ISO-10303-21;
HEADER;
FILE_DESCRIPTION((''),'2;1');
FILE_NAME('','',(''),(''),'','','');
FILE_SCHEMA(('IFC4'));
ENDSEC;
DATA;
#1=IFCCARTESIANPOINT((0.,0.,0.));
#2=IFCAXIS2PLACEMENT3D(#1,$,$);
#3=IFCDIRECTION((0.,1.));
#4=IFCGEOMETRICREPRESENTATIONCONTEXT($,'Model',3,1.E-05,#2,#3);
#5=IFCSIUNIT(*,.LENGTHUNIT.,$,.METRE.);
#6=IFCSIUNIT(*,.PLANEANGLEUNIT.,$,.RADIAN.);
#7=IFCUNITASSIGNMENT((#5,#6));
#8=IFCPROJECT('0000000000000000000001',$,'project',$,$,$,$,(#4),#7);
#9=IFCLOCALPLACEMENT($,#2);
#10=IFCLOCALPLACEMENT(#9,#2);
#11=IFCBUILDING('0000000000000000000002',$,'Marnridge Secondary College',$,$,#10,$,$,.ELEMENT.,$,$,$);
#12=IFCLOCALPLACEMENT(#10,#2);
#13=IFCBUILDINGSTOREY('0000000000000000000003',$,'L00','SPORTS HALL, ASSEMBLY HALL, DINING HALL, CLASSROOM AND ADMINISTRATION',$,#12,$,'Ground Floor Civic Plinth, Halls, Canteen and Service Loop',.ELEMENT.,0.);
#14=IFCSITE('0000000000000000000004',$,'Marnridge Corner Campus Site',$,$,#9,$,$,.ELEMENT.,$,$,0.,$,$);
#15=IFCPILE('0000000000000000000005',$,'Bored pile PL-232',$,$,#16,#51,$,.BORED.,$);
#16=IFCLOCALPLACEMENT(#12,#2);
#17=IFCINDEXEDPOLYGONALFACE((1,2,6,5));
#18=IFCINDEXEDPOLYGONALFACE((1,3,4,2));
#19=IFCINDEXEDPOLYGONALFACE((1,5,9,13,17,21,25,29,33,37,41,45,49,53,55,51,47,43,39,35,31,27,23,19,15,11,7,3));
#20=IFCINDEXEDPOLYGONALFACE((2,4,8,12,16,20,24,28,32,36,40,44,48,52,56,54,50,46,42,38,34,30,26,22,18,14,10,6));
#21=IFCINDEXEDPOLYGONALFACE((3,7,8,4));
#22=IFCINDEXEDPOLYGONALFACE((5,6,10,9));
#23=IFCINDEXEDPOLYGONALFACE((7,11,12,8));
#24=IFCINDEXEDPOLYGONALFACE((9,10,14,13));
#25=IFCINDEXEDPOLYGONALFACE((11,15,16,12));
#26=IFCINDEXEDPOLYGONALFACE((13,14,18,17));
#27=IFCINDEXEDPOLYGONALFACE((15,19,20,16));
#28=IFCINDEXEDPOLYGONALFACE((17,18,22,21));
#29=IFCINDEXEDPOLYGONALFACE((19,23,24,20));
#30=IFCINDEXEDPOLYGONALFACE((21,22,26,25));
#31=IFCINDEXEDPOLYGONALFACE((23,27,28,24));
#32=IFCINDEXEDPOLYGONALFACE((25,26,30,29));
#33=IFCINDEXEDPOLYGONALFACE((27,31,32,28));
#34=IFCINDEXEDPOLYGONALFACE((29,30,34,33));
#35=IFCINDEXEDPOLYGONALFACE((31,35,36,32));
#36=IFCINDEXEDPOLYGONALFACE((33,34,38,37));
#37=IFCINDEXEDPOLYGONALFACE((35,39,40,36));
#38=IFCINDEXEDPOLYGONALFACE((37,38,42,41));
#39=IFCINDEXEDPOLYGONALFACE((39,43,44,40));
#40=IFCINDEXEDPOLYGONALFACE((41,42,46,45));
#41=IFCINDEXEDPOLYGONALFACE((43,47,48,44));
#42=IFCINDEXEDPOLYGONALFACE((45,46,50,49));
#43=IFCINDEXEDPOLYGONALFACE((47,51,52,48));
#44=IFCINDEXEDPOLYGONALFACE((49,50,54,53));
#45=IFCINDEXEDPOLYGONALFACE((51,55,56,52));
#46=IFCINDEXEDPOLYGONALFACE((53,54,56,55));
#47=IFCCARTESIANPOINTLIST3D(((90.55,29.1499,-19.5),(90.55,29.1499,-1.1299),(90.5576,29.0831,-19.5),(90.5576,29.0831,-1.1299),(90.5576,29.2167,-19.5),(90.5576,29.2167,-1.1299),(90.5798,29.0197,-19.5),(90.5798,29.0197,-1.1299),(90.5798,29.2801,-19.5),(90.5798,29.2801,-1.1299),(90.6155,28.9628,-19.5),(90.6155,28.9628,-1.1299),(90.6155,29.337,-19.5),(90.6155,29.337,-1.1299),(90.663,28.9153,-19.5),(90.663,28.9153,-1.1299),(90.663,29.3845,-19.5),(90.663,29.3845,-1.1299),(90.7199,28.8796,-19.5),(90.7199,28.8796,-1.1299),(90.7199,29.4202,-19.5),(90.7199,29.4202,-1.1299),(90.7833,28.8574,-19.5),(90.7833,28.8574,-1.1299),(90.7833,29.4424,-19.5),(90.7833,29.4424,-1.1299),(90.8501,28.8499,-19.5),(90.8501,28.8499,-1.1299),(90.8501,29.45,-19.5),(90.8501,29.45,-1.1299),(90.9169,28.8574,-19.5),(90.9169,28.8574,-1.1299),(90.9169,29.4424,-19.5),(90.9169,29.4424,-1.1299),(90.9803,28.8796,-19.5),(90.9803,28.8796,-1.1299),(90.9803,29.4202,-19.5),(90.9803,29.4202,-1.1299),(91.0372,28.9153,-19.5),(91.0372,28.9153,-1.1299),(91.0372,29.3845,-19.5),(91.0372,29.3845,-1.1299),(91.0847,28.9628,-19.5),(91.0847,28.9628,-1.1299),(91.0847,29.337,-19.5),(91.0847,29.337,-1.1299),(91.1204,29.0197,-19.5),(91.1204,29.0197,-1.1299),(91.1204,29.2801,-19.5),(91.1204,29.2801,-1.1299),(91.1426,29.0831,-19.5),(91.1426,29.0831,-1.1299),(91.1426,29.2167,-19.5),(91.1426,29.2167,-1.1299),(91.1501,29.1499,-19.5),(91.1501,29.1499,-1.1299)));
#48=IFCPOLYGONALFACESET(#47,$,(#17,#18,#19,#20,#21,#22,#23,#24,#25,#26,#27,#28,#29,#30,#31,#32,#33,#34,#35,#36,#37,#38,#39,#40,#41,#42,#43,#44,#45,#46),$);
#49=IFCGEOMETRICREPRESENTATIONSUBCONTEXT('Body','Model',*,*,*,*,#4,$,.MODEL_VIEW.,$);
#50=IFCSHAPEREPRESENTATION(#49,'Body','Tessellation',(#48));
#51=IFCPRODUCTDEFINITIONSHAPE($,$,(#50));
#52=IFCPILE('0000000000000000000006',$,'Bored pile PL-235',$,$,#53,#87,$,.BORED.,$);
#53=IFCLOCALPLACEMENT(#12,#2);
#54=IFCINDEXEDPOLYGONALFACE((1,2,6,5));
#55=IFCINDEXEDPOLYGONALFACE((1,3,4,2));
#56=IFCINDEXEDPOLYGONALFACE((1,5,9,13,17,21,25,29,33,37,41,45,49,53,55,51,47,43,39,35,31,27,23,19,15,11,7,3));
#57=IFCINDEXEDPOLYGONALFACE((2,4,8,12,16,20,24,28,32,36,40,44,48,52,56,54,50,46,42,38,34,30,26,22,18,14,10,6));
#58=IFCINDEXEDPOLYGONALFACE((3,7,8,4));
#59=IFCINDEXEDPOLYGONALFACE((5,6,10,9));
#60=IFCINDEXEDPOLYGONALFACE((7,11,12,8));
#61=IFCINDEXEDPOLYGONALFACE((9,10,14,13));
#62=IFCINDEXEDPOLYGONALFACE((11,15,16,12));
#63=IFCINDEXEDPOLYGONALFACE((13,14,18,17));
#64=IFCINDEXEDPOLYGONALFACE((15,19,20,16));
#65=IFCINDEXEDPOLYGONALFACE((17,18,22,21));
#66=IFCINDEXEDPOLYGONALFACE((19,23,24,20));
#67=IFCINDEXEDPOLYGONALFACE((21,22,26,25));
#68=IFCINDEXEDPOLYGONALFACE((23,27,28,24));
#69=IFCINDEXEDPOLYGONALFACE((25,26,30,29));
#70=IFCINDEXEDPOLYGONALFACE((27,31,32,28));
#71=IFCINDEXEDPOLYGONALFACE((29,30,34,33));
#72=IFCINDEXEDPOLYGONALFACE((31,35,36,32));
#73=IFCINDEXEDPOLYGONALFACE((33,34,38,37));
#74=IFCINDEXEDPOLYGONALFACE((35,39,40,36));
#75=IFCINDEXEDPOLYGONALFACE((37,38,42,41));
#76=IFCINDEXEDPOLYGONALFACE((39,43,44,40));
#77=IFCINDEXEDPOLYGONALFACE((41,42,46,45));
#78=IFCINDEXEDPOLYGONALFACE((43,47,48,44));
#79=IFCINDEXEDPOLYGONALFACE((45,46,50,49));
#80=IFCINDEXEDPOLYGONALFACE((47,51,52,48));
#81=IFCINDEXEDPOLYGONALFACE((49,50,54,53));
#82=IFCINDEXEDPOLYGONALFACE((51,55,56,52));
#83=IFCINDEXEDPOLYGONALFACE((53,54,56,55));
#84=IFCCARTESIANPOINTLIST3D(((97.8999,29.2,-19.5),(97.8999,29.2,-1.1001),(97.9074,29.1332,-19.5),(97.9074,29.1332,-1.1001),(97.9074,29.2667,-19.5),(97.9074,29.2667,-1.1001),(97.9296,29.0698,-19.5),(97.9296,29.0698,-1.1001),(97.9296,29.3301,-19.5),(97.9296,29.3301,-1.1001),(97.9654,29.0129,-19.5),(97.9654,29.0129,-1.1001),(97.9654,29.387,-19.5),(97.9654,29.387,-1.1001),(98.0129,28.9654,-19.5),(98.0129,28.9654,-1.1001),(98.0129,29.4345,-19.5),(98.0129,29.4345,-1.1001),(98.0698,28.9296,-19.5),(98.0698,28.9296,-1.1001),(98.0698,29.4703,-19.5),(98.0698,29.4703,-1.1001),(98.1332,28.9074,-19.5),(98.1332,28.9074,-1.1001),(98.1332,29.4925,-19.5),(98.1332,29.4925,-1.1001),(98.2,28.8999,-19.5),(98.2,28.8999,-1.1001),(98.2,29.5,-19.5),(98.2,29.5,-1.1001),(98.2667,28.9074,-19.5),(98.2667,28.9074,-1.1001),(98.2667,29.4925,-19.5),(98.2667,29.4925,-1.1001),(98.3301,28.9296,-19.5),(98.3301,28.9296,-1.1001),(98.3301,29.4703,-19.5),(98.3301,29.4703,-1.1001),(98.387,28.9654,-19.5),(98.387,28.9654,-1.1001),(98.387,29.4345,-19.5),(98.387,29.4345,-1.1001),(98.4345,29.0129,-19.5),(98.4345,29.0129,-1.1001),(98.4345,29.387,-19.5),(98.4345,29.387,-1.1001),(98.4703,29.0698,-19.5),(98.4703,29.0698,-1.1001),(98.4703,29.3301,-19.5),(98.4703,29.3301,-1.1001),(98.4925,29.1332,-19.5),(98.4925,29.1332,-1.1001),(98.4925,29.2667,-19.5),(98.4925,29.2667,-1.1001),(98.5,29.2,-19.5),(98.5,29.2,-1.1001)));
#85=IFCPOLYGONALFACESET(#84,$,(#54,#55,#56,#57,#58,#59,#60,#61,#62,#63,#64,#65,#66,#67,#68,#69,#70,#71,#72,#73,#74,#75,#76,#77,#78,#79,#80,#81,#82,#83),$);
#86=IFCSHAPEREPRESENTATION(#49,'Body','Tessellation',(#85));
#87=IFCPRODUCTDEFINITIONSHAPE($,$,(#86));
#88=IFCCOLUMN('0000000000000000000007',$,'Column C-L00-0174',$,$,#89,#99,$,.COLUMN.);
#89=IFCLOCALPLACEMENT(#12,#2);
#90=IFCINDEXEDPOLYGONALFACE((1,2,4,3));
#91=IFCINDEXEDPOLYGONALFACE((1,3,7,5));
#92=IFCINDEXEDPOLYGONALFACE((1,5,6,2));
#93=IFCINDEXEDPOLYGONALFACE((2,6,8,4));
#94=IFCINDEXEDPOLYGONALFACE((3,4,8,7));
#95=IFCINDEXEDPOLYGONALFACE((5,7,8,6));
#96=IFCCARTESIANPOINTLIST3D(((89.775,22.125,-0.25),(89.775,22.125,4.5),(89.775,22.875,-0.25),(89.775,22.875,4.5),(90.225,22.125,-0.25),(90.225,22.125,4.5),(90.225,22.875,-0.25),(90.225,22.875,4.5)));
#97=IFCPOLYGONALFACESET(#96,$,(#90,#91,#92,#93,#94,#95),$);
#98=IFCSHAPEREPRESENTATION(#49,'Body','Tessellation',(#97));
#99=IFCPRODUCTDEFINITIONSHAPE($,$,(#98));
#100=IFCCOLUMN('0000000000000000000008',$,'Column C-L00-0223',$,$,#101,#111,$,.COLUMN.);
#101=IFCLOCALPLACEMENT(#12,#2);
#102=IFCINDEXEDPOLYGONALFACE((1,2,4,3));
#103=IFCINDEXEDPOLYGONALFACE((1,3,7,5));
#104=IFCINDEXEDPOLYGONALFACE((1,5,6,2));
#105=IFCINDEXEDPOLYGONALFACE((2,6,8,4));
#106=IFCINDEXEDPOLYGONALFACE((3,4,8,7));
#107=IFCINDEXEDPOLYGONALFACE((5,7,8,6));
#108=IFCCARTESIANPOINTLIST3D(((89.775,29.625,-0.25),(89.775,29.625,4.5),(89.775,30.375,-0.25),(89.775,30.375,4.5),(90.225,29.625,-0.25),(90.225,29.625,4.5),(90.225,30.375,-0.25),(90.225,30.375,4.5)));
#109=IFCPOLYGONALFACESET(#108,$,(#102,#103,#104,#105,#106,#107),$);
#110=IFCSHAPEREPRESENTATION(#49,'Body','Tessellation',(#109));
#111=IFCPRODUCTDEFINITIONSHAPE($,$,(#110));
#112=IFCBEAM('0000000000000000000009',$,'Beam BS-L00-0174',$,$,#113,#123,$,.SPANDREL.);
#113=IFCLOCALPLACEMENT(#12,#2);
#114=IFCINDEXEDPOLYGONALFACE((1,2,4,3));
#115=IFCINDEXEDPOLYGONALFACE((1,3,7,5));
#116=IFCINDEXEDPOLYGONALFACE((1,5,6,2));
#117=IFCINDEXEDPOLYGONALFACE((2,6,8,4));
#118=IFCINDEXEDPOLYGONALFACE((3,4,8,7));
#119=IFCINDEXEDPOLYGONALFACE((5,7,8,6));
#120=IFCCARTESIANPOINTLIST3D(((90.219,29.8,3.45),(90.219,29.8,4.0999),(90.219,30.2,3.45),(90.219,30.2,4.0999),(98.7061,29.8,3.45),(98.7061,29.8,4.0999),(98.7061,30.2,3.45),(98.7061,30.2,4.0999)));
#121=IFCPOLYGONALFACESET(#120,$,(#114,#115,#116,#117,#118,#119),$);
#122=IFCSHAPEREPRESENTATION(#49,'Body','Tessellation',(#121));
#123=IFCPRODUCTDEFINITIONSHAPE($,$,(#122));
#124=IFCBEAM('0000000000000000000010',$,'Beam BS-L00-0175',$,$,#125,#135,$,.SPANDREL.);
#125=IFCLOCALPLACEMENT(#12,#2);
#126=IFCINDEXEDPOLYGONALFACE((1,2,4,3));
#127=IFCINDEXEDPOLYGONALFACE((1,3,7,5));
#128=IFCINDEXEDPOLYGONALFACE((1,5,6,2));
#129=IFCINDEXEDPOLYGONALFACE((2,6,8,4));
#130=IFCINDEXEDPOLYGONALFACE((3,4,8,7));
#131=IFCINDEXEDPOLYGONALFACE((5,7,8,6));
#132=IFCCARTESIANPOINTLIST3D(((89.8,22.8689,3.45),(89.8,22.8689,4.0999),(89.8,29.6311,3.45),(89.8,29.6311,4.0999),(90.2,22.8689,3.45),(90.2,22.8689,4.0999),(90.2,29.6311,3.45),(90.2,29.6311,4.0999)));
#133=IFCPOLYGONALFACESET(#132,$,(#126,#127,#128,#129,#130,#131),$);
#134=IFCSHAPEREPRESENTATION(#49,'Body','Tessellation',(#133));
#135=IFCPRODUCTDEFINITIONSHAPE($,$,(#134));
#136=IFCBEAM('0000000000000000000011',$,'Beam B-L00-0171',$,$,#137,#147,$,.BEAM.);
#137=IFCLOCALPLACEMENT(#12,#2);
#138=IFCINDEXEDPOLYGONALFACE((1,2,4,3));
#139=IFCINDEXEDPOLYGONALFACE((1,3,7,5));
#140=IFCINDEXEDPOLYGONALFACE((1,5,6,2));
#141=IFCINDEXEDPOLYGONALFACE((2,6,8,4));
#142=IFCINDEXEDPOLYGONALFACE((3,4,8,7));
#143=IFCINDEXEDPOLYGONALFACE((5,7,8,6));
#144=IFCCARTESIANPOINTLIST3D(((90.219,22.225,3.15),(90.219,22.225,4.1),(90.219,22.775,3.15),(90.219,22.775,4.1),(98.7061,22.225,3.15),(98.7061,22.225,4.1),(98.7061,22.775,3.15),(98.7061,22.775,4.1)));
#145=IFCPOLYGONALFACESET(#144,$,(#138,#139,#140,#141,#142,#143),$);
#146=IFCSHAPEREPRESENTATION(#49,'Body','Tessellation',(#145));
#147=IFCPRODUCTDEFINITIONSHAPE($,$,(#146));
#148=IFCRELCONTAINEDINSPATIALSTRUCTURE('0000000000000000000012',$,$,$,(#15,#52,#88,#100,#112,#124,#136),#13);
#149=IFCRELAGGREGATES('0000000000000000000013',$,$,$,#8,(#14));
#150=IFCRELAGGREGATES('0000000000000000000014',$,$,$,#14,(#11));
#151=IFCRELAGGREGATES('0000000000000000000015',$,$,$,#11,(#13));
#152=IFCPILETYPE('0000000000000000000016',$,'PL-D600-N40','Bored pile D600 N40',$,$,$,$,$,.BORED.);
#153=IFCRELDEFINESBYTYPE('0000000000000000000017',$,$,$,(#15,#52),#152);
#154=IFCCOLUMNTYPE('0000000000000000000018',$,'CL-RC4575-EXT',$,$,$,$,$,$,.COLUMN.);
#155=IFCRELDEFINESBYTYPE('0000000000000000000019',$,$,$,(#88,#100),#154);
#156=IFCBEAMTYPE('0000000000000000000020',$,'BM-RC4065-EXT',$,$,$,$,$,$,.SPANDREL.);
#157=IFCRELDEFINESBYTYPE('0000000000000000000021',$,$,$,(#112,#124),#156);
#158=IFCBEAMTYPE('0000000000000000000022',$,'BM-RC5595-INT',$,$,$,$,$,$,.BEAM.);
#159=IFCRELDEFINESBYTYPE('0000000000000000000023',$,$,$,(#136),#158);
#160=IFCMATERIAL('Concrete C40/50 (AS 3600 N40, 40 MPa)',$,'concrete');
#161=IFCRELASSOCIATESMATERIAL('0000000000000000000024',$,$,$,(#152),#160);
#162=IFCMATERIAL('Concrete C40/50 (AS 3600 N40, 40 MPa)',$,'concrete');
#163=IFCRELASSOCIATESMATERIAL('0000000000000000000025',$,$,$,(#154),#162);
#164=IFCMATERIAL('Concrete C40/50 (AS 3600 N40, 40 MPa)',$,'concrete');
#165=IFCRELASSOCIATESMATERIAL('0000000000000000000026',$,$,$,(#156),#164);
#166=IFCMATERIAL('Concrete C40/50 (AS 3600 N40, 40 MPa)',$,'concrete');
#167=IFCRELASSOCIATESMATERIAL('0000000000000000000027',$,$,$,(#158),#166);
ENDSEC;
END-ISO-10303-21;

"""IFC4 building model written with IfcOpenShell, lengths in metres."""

from ifc_helpers import new_model, si_unit, direction, frame, origin, origin_2d, place, context, subcontext, project, spatial, rectangle, circle, extrude, material, material_profile, profile_set, type_object, element, save


model = new_model("IFC4")

# Units and contexts
model_context = context("Model", 3, precision=1e-05, world=origin(), true_north=direction((0.0, 1.0)))
body_context = subcontext(model_context, "Body", "Model", "MODEL_VIEW")
ifc_project = project(units=[si_unit("LENGTHUNIT", "METRE"), si_unit("PLANEANGLEUNIT", "RADIAN")], contexts=[model_context])

# Site, building, storey
site_placement = place(None, origin())
site = spatial("IfcSite", under=ifc_project, at=site_placement, Name="Marnridge Corner Campus Site", CompositionType="ELEMENT", RefElevation=0.0)
building_placement = place(site_placement, origin())
building = spatial("IfcBuilding", under=site, at=building_placement, Name="Marnridge Secondary College", CompositionType="ELEMENT")
storey_placement = place(building_placement, origin())
storey = spatial("IfcBuildingStorey", under=building, at=storey_placement, Name="L00", Description="SPORTS HALL, ASSEMBLY HALL, DINING HALL, CLASSROOM AND ADMINISTRATION", LongName="Ground Floor Civic Plinth, Halls, Canteen and Service Loop", CompositionType="ELEMENT", Elevation=0.0)

# Piles
ifc_material_1 = material(Name="Concrete C40/50 (AS 3600 N40, 40 MPa)", Category="concrete")
ifc_material_profile_1 = material_profile(ifc_material_1, circle(Radius=0.3, at=origin_2d()), Name="PILE D600")
ifc_profile_set_1 = profile_set([ifc_material_profile_1], Name="Concrete C40/50 (AS 3600 N40, 40 MPa)")
pile_type = type_object("IfcPileType", Name="PL-D600-N40", Description="Bored pile D600 N40", PredefinedType="BORED", material=ifc_profile_set_1)
for number, where, z_axis, x_axis, name in (
    (1, (90.8501, 29.1499, -1.1299), (0.0, 0.0, -1.0), (1.0, 0.0, 0.0), "Bored pile PL-232"),
):
    element("IfcPile", number, at=place(storey_placement, frame(where, z_axis=z_axis, x_axis=x_axis)), inside=storey, type_object=pile_type, Name=name, PredefinedType="BORED", context=body_context, shape_type="SweptSolid", body=[
        extrude(circle(Radius=0.3, at=origin_2d()), origin(), (0.0, 0.0, 1.0), 18.3701),
    ])
pile_placement = place(storey_placement, frame((98.2, 29.2, -1.1001), z_axis=(0.0, 0.0, -1.0), x_axis=(1.0, 0.0, 0.0)))
element("IfcPile", 2, at=pile_placement, inside=storey, type_object=pile_type, Name="Bored pile PL-235", PredefinedType="BORED", context=body_context, shape_type="SweptSolid", body=[
    extrude(circle(Radius=0.3, at=origin_2d()), origin(), (0.0, 0.0, 1.0), 18.3999),
])

# Columns
ifc_material_2 = material(Name="Concrete C40/50 (AS 3600 N40, 40 MPa)", Category="concrete")
ifc_material_profile_2 = material_profile(ifc_material_2, rectangle(XDim=0.45, YDim=0.75, at=origin_2d()), Name="RC 450x750")
ifc_profile_set_2 = profile_set([ifc_material_profile_2], Name="Concrete C40/50 (AS 3600 N40, 40 MPa)")
column_type = type_object("IfcColumnType", Name="CL-RC4575-EXT", PredefinedType="COLUMN", material=ifc_profile_set_2)
for number, where, z_axis, x_axis, name in (
    (3, (90.0, 22.5, -0.25), (0.0, 0.0, 1.0), (1.0, 0.0, 0.0), "Column C-L00-0174"),
    (4, (90.0, 30.0, -0.25), (0.0, 0.0, 1.0), (1.0, 0.0, 0.0), "Column C-L00-0223"),
):
    element("IfcColumn", number, at=place(storey_placement, frame(where, z_axis=z_axis, x_axis=x_axis)), inside=storey, type_object=column_type, Name=name, PredefinedType="COLUMN", context=body_context, shape_type="SweptSolid", body=[
        extrude(rectangle(XDim=0.45, YDim=0.75, at=origin_2d()), origin(), (0.0, 0.0, 1.0), 4.75),
    ])

# Beams
ifc_material_3 = material(Name="Concrete C40/50 (AS 3600 N40, 40 MPa)", Category="concrete")
ifc_material_profile_3 = material_profile(ifc_material_3, rectangle(XDim=0.3999, YDim=0.6499, at=origin_2d()), Name="RC 400x650")
ifc_profile_set_3 = profile_set([ifc_material_profile_3], Name="Concrete C40/50 (AS 3600 N40, 40 MPa)")
beam_type_1 = type_object("IfcBeamType", Name="BM-RC4065-EXT", PredefinedType="SPANDREL", material=ifc_profile_set_3)
beam_1_placement = place(storey_placement, frame((90.219, 30.0, 3.7749), z_axis=(1.0, 0.0, 0.0), x_axis=(0.0, 1.0, 0.0)))
element("IfcBeam", 5, at=beam_1_placement, inside=storey, type_object=beam_type_1, Name="Beam BS-L00-0174", PredefinedType="SPANDREL", context=body_context, shape_type="SweptSolid", body=[
    extrude(rectangle(XDim=0.3999, YDim=0.6499, at=origin_2d()), origin(), (0.0, 0.0, 1.0), 8.4871),
])
beam_2_placement = place(storey_placement, frame((90.0, 22.8689, 3.7749), z_axis=(0.0, 1.0, 0.0), x_axis=(-1.0, 0.0, 0.0)))
element("IfcBeam", 6, at=beam_2_placement, inside=storey, type_object=beam_type_1, Name="Beam BS-L00-0175", PredefinedType="SPANDREL", context=body_context, shape_type="SweptSolid", body=[
    extrude(rectangle(XDim=0.3999, YDim=0.6499, at=origin_2d()), origin(), (0.0, 0.0, 1.0), 6.7622),
])
ifc_material_4 = material(Name="Concrete C40/50 (AS 3600 N40, 40 MPa)", Category="concrete")
ifc_material_profile_4 = material_profile(ifc_material_4, rectangle(XDim=0.55, YDim=0.95, at=origin_2d()), Name="RC 550x950")
ifc_profile_set_4 = profile_set([ifc_material_profile_4], Name="Concrete C40/50 (AS 3600 N40, 40 MPa)")
beam_type_2 = type_object("IfcBeamType", Name="BM-RC5595-INT", PredefinedType="BEAM", material=ifc_profile_set_4)
beam_3_placement = place(storey_placement, frame((90.219, 22.5, 3.625), z_axis=(1.0, 0.0, 0.0), x_axis=(0.0, 1.0, 0.0)))
element("IfcBeam", 7, at=beam_3_placement, inside=storey, type_object=beam_type_2, Name="Beam B-L00-0171", PredefinedType="BEAM", context=body_context, shape_type="SweptSolid", body=[
    extrude(rectangle(XDim=0.55, YDim=0.95, at=origin_2d()), origin(), (0.0, 0.0, 1.0), 8.4871),
])

save(model, "model.ifc")
